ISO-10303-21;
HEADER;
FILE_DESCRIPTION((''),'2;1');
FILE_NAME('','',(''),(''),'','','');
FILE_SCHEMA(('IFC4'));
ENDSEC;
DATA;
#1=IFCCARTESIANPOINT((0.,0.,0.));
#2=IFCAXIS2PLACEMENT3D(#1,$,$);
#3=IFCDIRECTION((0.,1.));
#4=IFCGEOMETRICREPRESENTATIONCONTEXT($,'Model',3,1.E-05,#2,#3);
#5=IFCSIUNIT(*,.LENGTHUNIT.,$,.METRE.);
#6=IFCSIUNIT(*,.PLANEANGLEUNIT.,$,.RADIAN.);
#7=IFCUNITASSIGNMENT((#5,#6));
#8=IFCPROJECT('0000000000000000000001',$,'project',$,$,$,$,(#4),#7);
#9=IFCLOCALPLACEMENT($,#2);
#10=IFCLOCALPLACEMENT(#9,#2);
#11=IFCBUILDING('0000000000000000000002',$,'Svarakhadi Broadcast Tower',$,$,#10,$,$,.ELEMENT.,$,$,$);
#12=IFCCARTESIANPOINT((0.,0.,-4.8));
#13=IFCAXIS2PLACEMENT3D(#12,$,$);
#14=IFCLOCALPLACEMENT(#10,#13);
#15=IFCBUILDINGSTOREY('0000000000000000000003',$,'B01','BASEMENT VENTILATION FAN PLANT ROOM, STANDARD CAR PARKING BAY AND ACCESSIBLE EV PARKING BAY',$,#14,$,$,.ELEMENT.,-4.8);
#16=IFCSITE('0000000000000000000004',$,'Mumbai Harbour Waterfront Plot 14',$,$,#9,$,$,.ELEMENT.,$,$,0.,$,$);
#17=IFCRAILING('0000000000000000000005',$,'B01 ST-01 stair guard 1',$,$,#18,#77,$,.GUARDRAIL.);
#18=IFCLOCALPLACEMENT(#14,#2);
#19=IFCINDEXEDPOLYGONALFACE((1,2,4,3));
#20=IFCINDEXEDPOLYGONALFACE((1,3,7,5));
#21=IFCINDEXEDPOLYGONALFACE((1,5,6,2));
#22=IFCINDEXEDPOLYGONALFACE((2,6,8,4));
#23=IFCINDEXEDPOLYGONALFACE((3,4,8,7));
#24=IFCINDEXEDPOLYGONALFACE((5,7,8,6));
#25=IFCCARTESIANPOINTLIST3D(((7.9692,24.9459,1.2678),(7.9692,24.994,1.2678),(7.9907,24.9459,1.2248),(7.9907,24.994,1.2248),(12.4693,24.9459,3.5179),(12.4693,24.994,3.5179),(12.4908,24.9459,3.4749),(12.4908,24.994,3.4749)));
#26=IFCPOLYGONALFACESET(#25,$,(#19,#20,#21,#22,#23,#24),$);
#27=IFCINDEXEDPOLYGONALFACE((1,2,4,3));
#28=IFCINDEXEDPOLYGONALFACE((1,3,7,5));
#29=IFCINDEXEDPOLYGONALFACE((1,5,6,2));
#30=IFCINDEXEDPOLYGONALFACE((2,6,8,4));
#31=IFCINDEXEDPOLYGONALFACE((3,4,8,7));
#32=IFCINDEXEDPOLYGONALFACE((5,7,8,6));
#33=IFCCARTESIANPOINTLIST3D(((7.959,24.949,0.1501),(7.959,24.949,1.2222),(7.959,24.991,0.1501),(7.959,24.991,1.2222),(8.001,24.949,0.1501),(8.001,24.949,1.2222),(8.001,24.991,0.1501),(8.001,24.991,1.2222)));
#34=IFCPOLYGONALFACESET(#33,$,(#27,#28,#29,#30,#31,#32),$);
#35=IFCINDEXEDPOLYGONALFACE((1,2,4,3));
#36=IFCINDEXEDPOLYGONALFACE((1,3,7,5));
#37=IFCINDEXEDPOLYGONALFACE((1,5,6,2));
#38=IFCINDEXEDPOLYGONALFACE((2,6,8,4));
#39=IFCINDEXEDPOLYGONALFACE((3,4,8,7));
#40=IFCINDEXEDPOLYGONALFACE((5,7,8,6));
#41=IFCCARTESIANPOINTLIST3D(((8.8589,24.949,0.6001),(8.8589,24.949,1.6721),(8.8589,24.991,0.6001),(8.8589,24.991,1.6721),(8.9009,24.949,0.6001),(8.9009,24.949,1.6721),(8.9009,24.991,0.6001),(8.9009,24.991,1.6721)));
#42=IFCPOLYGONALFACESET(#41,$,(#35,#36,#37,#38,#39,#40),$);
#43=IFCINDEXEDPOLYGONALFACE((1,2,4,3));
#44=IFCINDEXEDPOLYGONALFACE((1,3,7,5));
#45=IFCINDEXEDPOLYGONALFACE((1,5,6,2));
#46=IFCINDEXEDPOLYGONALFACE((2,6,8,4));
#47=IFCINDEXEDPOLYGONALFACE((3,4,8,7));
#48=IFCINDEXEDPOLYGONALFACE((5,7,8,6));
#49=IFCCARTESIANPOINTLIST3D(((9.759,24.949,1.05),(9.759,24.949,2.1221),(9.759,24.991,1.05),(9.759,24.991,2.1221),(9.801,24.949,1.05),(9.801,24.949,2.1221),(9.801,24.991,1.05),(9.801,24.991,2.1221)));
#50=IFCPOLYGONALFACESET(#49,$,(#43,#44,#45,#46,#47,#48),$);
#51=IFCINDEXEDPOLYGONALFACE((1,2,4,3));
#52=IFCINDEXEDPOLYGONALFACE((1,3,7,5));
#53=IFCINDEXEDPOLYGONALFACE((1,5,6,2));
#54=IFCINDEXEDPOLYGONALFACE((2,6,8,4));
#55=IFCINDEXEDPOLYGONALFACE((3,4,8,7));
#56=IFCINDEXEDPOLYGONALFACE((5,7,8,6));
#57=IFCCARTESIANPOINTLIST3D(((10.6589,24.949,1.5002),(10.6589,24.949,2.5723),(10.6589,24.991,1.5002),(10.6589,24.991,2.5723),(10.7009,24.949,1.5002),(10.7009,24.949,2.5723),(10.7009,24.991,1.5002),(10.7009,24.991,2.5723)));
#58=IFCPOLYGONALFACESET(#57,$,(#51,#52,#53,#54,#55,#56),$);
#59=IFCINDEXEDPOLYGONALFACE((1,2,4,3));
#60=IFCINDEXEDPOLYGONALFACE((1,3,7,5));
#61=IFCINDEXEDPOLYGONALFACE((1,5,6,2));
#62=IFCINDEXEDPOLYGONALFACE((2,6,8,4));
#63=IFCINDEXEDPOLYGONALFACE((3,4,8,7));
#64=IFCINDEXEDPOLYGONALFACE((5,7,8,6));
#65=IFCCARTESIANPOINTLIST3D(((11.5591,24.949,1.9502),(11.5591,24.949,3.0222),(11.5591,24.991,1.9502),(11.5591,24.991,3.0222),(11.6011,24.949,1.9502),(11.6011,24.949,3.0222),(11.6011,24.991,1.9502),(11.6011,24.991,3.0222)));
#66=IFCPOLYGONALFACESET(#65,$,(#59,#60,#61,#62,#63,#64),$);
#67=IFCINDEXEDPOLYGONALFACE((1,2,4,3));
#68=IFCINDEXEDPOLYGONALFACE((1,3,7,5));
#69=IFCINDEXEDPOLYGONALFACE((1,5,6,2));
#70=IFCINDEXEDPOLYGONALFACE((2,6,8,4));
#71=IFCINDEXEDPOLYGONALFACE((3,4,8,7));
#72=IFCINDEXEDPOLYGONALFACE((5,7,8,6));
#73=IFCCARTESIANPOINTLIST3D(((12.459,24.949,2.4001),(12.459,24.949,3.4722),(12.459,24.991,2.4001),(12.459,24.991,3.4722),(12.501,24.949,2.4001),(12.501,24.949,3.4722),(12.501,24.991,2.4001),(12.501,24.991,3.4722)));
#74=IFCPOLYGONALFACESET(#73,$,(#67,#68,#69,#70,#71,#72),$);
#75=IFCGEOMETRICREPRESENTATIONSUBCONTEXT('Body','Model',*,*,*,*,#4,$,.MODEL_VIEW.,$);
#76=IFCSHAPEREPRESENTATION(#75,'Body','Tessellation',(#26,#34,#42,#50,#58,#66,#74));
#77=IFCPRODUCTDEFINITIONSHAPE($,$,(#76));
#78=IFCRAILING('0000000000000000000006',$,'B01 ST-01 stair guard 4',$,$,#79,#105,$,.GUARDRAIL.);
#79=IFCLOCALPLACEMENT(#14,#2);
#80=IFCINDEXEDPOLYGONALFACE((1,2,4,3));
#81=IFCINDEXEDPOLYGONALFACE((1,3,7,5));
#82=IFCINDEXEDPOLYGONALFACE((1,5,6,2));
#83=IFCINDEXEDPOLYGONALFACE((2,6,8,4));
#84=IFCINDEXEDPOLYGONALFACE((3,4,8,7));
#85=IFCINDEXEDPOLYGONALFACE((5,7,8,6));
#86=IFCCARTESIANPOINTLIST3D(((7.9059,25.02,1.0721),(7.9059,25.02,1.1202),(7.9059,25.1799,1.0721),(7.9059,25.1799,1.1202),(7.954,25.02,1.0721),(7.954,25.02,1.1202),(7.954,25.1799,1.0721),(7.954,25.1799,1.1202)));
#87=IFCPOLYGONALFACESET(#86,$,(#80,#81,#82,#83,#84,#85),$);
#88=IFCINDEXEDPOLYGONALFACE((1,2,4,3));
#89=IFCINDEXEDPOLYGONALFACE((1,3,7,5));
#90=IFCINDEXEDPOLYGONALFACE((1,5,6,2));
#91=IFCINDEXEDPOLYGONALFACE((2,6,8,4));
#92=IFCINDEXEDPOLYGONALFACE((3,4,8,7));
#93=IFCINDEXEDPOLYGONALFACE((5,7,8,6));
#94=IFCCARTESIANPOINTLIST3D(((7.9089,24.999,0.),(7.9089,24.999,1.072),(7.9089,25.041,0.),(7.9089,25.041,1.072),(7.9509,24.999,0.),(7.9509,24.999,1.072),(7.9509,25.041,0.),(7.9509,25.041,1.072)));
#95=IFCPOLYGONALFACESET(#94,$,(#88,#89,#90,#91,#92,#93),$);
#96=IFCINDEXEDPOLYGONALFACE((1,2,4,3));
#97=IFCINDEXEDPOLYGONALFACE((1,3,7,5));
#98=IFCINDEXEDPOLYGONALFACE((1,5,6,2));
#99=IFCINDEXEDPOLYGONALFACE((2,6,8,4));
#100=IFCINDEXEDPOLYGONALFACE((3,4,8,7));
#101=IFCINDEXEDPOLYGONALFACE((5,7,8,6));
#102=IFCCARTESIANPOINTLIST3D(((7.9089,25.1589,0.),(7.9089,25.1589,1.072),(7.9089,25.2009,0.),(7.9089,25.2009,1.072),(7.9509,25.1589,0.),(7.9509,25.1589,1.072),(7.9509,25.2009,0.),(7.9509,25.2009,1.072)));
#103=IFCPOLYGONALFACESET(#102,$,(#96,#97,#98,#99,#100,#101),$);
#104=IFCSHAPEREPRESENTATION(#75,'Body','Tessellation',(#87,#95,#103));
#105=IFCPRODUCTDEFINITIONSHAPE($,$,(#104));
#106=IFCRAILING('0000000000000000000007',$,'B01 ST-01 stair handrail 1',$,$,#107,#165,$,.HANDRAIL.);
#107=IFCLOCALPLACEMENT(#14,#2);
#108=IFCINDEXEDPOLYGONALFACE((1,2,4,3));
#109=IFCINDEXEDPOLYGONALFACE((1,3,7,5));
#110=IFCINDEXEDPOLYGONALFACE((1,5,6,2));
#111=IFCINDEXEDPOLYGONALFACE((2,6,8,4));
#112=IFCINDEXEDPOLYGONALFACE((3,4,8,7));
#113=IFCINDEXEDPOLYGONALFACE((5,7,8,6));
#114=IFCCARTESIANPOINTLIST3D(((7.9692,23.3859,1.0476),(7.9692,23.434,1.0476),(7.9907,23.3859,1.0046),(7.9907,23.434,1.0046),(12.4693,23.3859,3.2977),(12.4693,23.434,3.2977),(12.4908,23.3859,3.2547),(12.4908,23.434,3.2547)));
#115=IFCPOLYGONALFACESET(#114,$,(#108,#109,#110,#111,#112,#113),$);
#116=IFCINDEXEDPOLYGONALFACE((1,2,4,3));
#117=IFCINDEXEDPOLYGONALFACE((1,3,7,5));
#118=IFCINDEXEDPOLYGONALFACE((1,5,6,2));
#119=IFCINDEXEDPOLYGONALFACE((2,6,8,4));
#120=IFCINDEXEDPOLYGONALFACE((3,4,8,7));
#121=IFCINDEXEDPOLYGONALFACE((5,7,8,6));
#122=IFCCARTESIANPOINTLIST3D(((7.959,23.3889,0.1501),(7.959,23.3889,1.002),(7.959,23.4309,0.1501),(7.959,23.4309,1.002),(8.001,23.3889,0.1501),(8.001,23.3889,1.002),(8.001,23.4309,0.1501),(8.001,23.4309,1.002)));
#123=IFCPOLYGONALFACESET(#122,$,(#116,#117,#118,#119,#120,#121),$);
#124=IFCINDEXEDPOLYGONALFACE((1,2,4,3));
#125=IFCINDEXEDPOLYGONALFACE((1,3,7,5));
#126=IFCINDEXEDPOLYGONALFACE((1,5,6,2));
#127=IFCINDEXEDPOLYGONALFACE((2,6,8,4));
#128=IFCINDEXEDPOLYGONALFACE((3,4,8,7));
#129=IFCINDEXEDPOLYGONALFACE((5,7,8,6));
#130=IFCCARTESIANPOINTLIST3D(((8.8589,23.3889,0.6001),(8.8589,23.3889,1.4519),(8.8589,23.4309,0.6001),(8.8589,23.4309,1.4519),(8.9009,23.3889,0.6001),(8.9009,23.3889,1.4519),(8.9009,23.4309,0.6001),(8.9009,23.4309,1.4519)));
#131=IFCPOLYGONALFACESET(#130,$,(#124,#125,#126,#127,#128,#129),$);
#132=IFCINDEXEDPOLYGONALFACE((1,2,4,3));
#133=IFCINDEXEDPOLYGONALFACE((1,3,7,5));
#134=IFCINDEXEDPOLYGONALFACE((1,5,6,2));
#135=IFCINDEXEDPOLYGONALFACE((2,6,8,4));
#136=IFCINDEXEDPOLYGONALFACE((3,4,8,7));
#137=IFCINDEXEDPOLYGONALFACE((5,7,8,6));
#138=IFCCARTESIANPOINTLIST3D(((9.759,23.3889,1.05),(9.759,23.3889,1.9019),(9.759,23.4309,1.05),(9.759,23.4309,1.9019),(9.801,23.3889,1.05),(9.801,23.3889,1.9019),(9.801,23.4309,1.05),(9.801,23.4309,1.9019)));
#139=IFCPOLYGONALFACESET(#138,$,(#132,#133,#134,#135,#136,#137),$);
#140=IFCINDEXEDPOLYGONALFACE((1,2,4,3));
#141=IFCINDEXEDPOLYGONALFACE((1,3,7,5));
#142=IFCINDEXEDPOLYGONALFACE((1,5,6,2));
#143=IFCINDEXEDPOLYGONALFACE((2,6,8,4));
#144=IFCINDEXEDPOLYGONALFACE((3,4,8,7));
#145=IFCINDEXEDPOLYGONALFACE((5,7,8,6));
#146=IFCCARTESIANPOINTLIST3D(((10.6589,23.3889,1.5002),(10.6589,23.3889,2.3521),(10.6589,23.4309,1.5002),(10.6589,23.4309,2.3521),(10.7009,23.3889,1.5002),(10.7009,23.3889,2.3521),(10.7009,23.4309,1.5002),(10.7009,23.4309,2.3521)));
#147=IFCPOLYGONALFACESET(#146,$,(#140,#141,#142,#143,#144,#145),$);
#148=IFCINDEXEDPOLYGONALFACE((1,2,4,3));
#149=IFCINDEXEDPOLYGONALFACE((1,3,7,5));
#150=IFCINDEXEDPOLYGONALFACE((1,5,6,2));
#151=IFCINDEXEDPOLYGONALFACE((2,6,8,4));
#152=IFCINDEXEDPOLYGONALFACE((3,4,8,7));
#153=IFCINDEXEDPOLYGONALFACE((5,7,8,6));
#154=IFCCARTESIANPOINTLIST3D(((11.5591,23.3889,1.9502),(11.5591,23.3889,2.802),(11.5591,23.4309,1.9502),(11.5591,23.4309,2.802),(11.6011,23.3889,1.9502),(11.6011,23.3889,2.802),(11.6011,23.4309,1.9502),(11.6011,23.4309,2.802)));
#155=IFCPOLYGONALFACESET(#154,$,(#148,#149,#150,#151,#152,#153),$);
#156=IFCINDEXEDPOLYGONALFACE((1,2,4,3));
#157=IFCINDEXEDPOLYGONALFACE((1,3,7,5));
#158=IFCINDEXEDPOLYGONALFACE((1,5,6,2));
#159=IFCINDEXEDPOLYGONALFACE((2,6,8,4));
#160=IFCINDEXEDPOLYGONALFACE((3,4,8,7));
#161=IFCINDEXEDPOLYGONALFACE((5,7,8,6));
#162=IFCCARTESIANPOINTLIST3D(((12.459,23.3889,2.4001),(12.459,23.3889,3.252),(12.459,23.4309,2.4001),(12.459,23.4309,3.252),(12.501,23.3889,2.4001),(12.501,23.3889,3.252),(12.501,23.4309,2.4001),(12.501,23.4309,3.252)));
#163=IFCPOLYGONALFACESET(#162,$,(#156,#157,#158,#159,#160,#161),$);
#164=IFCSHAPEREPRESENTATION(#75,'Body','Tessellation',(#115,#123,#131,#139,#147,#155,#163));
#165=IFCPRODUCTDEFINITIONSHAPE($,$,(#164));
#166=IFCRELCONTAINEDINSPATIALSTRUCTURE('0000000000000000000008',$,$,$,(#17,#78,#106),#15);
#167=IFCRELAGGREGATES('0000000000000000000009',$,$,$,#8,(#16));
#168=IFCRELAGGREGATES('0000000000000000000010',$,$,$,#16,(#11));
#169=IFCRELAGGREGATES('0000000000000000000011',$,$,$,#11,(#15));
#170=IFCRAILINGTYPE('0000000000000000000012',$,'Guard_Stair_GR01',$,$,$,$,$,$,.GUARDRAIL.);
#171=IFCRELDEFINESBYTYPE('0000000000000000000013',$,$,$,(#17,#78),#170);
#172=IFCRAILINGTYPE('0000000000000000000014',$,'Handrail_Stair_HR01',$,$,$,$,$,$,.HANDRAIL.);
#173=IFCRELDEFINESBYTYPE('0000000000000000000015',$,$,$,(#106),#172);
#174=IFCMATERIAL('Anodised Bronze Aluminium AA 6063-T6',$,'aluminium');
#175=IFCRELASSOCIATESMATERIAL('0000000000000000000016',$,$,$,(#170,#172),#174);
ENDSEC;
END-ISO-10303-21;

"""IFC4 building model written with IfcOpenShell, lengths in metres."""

from ifc_helpers import new_model, si_unit, direction, frame, origin, origin_2d, place, context, subcontext, project, spatial, rectangle, extrude, material, type_object, element, save


model = new_model("IFC4")

# Units and contexts
model_context = context("Model", 3, precision=1e-05, world=origin(), true_north=direction((0.0, 1.0)))
body_context = subcontext(model_context, "Body", "Model", "MODEL_VIEW")
ifc_project = project(units=[si_unit("LENGTHUNIT", "METRE"), si_unit("PLANEANGLEUNIT", "RADIAN")], contexts=[model_context])

# Site, building, storey
site_placement = place(None, origin())
site = spatial("IfcSite", under=ifc_project, at=site_placement, Name="Mumbai Harbour Waterfront Plot 14", CompositionType="ELEMENT", RefElevation=0.0)
building_placement = place(site_placement, origin())
building = spatial("IfcBuilding", under=site, at=building_placement, Name="Svarakhadi Broadcast Tower", CompositionType="ELEMENT")
storey_placement = place(building_placement, frame((0.0, 0.0, -4.8)))
storey = spatial("IfcBuildingStorey", under=building, at=storey_placement, Name="B01", Description="BASEMENT VENTILATION FAN PLANT ROOM, STANDARD CAR PARKING BAY AND ACCESSIBLE EV PARKING BAY", CompositionType="ELEMENT", Elevation=-4.8)

# Railings
ifc_material_1 = material(Name="Anodised Bronze Aluminium AA 6063-T6", Category="aluminium")
railing_type_1 = type_object("IfcRailingType", Name="Guard_Stair_GR01", PredefinedType="GUARDRAIL", material=ifc_material_1)
railing_1_placement = place(storey_placement, frame((7.98, 24.97, 0.1501)))
element("IfcRailing", 1, at=railing_1_placement, inside=storey, type_object=railing_type_1, Name="B01 ST-01 stair guard 1", PredefinedType="GUARDRAIL", context=body_context, shape_type="SweptSolid", body=[
    extrude(rectangle(XDim=0.0481, YDim=0.0481, at=origin_2d()), frame((0.0, 0.0, 1.0962), z_axis=(0.894427, 0.0, 0.447214), x_axis=(0.0, 1.0, 0.0)), (0.0, 0.0, 1.0), 5.0312),
    extrude(rectangle(XDim=0.042, YDim=0.042, at=origin_2d()), origin(), (0.0, 0.0, 1.0), 1.072),
    extrude(rectangle(XDim=0.042, YDim=0.042, at=origin_2d()), frame((0.8999, 0.0, 0.45)), (0.0, 0.0, 1.0), 1.072),
    extrude(rectangle(XDim=0.042, YDim=0.042, at=origin_2d()), frame((1.8, 0.0, 0.8999)), (0.0, 0.0, 1.0), 1.072),
    extrude(rectangle(XDim=0.042, YDim=0.042, at=origin_2d()), frame((2.7, 0.0, 1.3501)), (0.0, 0.0, 1.0), 1.072),
    extrude(rectangle(XDim=0.042, YDim=0.042, at=origin_2d()), frame((3.6001, 0.0, 1.8)), (0.0, 0.0, 1.0), 1.072),
    extrude(rectangle(XDim=0.042, YDim=0.042, at=origin_2d()), frame((4.5, 0.0, 2.25)), (0.0, 0.0, 1.0), 1.072),
])
railing_2_placement = place(storey_placement, frame((7.9299, 25.02, 0.0)))
element("IfcRailing", 2, at=railing_2_placement, inside=storey, type_object=railing_type_1, Name="B01 ST-01 stair guard 4", PredefinedType="GUARDRAIL", context=body_context, shape_type="SweptSolid", body=[
    extrude(rectangle(XDim=0.0481, YDim=0.0481, at=origin_2d()), frame((0.0, 0.0, 1.0962), z_axis=(0.0, 1.0, 0.0), x_axis=(-1.0, 0.0, 0.0)), (0.0, 0.0, 1.0), 0.1599),
    extrude(rectangle(XDim=0.042, YDim=0.042, at=origin_2d()), origin(), (0.0, 0.0, 1.0), 1.072),
    extrude(rectangle(XDim=0.042, YDim=0.042, at=origin_2d()), frame((0.0, 0.1599, 0.0)), (0.0, 0.0, 1.0), 1.072),
])
railing_type_2 = type_object("IfcRailingType", Name="Handrail_Stair_HR01", PredefinedType="HANDRAIL", material=ifc_material_1)
railing_3_placement = place(storey_placement, frame((7.98, 23.4099, 0.1501)))
element("IfcRailing", 3, at=railing_3_placement, inside=storey, type_object=railing_type_2, Name="B01 ST-01 stair handrail 1", PredefinedType="HANDRAIL", context=body_context, shape_type="SweptSolid", body=[
    extrude(rectangle(XDim=0.0481, YDim=0.0481, at=origin_2d()), frame((0.0, 0.0, 0.876), z_axis=(0.894427, 0.0, 0.447214), x_axis=(0.0, 1.0, 0.0)), (0.0, 0.0, 1.0), 5.0312),
    extrude(rectangle(XDim=0.042, YDim=0.042, at=origin_2d()), origin(), (0.0, 0.0, 1.0), 0.8518),
    extrude(rectangle(XDim=0.042, YDim=0.042, at=origin_2d()), frame((0.8999, 0.0, 0.45)), (0.0, 0.0, 1.0), 0.8518),
    extrude(rectangle(XDim=0.042, YDim=0.042, at=origin_2d()), frame((1.8, 0.0, 0.8999)), (0.0, 0.0, 1.0), 0.8518),
    extrude(rectangle(XDim=0.042, YDim=0.042, at=origin_2d()), frame((2.7, 0.0, 1.3501)), (0.0, 0.0, 1.0), 0.8518),
    extrude(rectangle(XDim=0.042, YDim=0.042, at=origin_2d()), frame((3.6001, 0.0, 1.8)), (0.0, 0.0, 1.0), 0.8518),
    extrude(rectangle(XDim=0.042, YDim=0.042, at=origin_2d()), frame((4.5, 0.0, 2.25)), (0.0, 0.0, 1.0), 0.8518),
])

save(model, "model.ifc")
